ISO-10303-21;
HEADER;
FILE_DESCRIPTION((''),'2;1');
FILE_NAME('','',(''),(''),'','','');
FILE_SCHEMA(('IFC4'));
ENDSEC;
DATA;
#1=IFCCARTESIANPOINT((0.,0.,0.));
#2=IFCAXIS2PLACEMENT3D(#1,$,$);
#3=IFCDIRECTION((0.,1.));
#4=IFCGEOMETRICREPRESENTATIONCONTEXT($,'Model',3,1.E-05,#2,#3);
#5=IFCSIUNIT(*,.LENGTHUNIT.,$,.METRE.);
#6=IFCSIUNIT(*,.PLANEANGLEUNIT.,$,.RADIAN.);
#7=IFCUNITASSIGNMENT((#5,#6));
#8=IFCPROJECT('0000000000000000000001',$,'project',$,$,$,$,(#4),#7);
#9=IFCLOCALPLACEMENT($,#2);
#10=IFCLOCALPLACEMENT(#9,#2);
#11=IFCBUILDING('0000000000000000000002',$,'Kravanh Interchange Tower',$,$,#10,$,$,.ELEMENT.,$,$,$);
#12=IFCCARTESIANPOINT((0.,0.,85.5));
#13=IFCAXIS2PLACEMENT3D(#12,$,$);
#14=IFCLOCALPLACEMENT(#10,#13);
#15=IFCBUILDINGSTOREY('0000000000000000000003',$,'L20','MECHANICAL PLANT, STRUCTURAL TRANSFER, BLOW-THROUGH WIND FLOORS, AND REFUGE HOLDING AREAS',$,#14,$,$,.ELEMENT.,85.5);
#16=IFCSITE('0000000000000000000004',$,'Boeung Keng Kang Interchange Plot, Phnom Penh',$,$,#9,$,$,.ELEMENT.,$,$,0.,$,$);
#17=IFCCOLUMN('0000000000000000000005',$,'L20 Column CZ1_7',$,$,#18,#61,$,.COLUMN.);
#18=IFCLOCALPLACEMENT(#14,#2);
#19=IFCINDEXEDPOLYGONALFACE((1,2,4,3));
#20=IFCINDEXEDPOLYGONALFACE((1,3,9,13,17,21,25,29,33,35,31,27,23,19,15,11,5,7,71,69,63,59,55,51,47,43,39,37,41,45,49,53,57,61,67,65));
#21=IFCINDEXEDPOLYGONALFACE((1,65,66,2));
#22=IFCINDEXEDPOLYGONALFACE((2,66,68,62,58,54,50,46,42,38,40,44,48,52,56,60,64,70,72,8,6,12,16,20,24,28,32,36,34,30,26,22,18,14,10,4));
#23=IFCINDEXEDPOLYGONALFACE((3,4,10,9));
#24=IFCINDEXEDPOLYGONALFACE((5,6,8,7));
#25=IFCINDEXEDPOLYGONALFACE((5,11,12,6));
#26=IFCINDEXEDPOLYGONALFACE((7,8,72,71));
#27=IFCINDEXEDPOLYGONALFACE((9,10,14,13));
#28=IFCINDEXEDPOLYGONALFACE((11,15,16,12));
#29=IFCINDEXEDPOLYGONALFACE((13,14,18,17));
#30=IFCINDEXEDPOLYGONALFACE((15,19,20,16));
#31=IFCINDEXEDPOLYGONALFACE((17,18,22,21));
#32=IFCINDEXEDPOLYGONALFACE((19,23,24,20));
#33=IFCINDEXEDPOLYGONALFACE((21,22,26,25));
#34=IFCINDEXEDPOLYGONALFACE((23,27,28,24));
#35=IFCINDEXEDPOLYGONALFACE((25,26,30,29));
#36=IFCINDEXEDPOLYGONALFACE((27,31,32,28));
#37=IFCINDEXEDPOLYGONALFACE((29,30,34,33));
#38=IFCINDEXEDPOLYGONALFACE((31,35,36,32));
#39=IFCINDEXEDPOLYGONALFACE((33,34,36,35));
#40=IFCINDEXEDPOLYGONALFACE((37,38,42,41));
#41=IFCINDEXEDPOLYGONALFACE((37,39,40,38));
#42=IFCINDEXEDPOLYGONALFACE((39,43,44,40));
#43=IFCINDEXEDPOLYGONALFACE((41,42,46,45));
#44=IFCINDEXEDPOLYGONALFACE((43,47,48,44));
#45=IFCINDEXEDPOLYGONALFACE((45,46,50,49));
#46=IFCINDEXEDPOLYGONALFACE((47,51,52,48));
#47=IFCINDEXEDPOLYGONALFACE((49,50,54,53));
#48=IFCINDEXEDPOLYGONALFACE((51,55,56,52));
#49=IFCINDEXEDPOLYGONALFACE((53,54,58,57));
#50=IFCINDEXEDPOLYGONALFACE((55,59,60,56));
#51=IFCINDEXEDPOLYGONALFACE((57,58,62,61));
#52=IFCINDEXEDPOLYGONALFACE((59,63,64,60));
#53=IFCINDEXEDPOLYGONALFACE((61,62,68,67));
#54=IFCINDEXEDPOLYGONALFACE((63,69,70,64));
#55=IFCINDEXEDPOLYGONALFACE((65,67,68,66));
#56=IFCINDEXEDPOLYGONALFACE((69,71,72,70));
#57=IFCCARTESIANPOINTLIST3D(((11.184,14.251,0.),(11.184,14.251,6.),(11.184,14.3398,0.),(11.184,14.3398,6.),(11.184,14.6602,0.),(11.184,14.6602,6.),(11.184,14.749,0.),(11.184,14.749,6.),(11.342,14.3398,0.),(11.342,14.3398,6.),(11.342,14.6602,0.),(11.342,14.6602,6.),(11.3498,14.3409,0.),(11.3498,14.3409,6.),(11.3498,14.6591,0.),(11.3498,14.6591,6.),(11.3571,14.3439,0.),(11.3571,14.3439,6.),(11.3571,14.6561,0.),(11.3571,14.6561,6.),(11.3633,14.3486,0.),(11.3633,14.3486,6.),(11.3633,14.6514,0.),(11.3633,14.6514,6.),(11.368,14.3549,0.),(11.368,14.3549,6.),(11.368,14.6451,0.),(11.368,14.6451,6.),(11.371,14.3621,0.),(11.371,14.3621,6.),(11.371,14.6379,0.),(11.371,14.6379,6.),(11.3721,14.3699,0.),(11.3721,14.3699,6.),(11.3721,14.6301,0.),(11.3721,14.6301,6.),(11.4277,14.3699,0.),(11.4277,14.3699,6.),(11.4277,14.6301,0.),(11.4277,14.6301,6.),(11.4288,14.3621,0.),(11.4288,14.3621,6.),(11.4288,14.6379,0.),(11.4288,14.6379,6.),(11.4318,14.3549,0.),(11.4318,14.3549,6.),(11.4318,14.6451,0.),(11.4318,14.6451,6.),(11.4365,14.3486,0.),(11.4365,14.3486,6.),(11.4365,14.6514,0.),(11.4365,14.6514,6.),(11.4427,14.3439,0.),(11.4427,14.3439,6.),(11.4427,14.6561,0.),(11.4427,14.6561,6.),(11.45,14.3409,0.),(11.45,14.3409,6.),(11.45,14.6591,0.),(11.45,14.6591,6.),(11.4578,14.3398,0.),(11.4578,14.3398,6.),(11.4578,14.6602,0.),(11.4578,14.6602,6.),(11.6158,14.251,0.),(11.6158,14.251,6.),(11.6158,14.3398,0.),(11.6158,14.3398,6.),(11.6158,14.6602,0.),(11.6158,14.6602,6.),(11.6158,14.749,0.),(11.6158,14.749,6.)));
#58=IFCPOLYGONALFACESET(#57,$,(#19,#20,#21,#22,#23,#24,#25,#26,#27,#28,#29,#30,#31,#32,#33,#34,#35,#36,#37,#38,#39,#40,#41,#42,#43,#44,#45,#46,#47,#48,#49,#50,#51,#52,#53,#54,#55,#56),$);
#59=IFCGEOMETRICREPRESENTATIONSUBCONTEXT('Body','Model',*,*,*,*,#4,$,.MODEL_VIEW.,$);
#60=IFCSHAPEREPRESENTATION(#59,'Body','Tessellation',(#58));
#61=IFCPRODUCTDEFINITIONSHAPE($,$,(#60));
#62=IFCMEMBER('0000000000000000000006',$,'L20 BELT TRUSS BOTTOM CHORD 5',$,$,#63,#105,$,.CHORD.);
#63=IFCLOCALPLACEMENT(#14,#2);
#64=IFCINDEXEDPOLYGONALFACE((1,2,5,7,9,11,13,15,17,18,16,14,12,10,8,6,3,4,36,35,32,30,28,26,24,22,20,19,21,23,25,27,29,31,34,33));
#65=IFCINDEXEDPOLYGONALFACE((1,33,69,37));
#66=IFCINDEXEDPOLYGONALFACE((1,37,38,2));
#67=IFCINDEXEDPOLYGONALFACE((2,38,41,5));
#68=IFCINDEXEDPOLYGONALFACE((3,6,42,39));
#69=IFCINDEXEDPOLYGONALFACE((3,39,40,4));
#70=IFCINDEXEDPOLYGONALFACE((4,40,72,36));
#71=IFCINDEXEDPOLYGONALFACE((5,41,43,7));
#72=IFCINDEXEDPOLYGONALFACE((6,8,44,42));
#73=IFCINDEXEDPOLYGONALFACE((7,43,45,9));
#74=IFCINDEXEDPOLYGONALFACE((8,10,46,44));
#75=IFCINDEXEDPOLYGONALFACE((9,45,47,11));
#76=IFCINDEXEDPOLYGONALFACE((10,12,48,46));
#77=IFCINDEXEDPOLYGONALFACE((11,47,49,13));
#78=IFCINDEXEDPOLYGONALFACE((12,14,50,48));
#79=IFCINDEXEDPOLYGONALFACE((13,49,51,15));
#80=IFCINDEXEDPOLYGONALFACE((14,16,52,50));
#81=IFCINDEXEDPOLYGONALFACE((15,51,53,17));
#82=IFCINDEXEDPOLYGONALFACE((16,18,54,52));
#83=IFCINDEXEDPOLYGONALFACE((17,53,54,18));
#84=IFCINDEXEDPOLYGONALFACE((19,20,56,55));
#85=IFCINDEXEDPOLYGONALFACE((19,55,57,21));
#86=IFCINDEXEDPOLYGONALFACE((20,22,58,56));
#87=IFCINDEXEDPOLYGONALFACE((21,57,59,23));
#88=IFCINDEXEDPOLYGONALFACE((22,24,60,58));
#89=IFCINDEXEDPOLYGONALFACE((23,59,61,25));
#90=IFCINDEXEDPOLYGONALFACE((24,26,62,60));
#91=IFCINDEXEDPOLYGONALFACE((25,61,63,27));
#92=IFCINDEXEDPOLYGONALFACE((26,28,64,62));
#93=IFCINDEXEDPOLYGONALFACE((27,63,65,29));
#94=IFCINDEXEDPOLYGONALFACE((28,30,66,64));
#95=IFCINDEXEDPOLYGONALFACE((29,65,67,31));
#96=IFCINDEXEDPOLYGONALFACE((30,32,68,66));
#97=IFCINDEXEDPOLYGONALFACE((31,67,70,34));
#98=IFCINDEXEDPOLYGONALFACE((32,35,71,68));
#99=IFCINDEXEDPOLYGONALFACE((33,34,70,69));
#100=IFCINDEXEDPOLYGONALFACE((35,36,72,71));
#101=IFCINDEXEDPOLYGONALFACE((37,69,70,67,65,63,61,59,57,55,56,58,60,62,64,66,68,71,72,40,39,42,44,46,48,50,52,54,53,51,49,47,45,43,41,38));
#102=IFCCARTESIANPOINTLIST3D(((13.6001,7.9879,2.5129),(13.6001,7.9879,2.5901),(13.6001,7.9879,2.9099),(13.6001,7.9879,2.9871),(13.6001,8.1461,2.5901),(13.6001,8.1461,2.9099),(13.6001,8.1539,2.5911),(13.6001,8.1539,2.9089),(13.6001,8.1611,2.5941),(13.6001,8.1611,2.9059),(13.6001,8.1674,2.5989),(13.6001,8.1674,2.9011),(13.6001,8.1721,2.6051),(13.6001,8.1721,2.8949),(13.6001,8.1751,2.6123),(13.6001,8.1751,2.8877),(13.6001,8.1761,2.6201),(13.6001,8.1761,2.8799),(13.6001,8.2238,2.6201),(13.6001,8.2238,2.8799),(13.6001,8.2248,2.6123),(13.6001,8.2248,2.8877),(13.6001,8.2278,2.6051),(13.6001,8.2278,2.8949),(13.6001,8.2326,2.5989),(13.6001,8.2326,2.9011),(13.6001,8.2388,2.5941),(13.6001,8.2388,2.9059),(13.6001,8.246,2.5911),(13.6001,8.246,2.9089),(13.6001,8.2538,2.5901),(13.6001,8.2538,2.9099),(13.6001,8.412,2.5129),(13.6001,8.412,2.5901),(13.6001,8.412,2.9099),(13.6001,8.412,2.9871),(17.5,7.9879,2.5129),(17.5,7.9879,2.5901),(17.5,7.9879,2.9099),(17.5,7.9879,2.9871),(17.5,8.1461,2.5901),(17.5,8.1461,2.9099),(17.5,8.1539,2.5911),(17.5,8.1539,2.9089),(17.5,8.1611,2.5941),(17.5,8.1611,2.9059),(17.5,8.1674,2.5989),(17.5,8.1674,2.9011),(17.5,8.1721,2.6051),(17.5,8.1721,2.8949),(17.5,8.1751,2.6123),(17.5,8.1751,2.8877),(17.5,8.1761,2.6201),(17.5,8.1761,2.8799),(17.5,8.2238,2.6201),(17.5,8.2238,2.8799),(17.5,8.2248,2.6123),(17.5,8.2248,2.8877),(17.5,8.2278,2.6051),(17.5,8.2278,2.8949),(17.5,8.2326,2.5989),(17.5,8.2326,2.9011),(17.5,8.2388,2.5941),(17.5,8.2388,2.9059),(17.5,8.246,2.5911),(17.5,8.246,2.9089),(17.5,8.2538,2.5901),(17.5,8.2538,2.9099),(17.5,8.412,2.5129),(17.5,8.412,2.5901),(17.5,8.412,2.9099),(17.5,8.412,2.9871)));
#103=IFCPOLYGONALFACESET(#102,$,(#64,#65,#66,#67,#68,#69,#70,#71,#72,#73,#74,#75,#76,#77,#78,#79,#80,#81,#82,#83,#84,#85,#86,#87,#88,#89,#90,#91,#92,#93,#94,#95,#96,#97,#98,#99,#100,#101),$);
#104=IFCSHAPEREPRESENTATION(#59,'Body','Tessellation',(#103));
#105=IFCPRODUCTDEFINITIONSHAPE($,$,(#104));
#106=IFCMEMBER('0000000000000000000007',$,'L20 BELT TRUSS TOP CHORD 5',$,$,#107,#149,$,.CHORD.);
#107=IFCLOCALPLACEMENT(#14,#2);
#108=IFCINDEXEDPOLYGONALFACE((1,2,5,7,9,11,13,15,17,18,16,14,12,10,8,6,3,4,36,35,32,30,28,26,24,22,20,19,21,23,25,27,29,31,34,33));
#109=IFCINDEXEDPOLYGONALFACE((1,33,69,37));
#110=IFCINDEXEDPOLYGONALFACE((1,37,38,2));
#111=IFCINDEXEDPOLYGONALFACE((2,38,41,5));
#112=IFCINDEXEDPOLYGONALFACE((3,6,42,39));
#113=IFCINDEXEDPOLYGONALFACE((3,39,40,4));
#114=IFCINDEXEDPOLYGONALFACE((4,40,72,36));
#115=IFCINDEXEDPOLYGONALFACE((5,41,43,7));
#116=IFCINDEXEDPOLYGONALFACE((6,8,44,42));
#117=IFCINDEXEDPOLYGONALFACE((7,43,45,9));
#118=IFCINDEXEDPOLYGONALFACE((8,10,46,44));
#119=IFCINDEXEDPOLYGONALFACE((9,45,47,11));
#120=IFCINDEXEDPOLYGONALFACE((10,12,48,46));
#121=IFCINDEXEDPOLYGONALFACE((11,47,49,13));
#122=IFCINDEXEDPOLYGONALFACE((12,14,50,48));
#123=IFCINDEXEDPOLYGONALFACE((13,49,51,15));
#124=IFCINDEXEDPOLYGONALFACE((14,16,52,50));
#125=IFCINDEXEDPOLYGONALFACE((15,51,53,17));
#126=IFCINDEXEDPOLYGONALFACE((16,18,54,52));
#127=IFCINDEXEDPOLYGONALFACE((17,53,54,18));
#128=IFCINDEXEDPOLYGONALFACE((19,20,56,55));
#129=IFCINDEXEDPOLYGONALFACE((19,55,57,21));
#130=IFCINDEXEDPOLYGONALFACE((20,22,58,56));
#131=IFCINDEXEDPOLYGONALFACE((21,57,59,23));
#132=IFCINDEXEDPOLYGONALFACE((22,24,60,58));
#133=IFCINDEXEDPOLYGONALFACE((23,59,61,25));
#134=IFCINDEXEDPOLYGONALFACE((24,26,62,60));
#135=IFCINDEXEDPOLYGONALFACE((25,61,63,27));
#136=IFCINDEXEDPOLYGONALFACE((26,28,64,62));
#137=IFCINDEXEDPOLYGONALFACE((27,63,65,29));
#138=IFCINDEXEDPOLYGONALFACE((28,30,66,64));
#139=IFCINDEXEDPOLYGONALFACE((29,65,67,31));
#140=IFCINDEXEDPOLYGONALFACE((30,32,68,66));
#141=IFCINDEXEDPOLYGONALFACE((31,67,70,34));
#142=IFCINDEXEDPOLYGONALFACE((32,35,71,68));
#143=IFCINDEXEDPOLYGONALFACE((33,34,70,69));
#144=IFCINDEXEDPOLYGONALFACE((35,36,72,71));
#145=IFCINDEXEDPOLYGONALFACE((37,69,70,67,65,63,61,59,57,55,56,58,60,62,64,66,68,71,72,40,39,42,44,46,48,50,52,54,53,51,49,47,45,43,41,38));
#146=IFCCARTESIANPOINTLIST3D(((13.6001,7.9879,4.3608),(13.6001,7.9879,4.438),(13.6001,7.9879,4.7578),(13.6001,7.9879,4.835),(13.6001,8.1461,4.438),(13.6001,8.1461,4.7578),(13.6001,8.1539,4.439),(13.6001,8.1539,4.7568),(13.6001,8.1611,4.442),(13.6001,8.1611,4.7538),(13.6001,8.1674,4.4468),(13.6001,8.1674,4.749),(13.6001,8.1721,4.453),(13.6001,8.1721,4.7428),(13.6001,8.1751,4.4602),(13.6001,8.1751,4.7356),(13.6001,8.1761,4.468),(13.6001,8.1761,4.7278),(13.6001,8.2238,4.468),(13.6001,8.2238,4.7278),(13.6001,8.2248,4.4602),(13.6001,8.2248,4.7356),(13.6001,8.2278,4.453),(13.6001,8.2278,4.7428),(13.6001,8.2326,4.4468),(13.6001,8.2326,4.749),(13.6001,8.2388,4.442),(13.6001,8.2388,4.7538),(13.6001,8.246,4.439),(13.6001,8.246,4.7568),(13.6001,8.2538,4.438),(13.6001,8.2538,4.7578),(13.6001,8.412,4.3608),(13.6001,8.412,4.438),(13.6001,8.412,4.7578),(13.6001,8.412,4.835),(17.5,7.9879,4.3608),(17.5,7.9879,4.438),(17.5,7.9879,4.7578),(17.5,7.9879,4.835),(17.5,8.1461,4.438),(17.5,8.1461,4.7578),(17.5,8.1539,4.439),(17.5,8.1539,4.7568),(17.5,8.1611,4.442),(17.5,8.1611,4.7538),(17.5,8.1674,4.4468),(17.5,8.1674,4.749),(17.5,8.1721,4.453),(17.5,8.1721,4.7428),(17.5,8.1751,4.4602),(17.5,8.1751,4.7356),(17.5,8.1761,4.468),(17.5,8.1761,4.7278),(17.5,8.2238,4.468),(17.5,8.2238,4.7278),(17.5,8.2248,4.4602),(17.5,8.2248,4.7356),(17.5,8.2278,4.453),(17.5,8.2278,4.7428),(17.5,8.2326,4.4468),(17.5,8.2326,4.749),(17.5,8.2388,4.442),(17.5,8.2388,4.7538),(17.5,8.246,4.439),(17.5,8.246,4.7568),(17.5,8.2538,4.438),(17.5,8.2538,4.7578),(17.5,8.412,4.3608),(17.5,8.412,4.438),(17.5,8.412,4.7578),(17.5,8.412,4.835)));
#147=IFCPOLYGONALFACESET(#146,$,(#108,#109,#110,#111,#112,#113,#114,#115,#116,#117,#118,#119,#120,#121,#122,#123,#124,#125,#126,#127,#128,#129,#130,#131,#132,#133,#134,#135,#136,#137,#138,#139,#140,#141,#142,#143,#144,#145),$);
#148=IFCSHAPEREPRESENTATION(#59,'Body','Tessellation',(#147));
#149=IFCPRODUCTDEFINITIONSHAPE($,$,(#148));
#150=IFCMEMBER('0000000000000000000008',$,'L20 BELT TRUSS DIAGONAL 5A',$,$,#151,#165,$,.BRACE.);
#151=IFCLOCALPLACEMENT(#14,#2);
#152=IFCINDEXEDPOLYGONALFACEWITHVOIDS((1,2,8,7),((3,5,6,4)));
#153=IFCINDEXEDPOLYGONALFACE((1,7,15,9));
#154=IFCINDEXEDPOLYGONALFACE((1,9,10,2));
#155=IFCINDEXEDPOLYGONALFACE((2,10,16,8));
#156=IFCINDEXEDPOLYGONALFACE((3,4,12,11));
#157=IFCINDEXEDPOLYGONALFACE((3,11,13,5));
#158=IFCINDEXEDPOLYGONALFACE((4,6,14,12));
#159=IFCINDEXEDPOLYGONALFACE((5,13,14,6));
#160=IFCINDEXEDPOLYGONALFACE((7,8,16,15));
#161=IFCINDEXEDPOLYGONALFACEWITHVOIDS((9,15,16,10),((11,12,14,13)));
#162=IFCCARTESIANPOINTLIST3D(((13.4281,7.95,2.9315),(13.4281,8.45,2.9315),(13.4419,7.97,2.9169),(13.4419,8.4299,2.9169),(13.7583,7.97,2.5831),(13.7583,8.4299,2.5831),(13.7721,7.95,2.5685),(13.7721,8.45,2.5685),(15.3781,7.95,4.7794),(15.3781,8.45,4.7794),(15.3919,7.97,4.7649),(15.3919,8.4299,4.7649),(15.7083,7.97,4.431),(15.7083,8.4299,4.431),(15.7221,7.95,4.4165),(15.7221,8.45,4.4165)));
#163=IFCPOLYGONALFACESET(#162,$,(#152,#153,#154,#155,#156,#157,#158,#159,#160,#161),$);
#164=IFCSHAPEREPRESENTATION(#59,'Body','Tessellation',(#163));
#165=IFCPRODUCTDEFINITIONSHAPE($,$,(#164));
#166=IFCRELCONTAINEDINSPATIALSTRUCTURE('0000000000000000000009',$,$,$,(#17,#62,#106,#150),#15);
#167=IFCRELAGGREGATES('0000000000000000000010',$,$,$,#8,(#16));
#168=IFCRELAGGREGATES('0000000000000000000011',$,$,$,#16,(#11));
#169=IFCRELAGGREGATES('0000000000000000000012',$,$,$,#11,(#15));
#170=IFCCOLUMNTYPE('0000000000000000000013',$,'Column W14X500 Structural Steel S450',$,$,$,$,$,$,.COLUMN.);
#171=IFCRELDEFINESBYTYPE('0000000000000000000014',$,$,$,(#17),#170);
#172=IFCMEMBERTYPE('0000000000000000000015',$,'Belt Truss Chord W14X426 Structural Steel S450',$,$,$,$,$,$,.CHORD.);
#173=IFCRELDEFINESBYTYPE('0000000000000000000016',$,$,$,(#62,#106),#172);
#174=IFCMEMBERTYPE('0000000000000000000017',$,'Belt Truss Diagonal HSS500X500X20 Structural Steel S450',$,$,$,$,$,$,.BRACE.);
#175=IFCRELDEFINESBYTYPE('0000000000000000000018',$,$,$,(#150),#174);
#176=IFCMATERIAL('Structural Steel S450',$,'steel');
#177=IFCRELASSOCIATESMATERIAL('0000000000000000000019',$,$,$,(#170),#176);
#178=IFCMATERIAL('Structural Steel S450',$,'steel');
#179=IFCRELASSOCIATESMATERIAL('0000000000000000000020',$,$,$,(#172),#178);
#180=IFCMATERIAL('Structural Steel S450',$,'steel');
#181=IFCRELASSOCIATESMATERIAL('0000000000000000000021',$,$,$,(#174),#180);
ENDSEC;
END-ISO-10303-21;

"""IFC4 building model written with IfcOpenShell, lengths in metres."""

from ifc_helpers import new_model, si_unit, direction, frame, origin, origin_2d, place, context, subcontext, project, spatial, hollow_rectangle, i_section, extrude, material, material_profile, profile_set, type_object, element, save


model = new_model("IFC4")

# Units and contexts
model_context = context("Model", 3, precision=1e-05, world=origin(), true_north=direction((0.0, 1.0)))
body_context = subcontext(model_context, "Body", "Model", "MODEL_VIEW")
ifc_project = project(units=[si_unit("LENGTHUNIT", "METRE"), si_unit("PLANEANGLEUNIT", "RADIAN")], contexts=[model_context])

# Site, building, storey
site_placement = place(None, origin())
site = spatial("IfcSite", under=ifc_project, at=site_placement, Name="Boeung Keng Kang Interchange Plot, Phnom Penh", CompositionType="ELEMENT", RefElevation=0.0)
building_placement = place(site_placement, origin())
building = spatial("IfcBuilding", under=site, at=building_placement, Name="Kravanh Interchange Tower", CompositionType="ELEMENT")
storey_placement = place(building_placement, frame((0.0, 0.0, 85.5)))
storey = spatial("IfcBuildingStorey", under=building, at=storey_placement, Name="L20", Description="MECHANICAL PLANT, STRUCTURAL TRANSFER, BLOW-THROUGH WIND FLOORS, AND REFUGE HOLDING AREAS", CompositionType="ELEMENT", Elevation=85.5)

# Column
ifc_material_1 = material(Name="Structural Steel S450", Category="steel")
ifc_material_profile_1 = material_profile(ifc_material_1, i_section(OverallWidth=0.4319, OverallDepth=0.498, WebThickness=0.0557, FlangeThickness=0.0889, FilletRadius=0.03, at=origin_2d()), Name="W14X500")
ifc_profile_set_1 = profile_set([ifc_material_profile_1], Name="Structural Steel S450")
column_type = type_object("IfcColumnType", Name="Column W14X500 Structural Steel S450", PredefinedType="COLUMN", material=ifc_profile_set_1)
for number, where, z_axis, x_axis, name in (
    (1, (11.3999, 14.5, 0.0), (0.0, 0.0, 1.0), (1.0, 0.0, 0.0), "L20 Column CZ1_7"),
):
    element("IfcColumn", number, at=place(storey_placement, frame(where, z_axis=z_axis, x_axis=x_axis)), inside=storey, type_object=column_type, Name=name, PredefinedType="COLUMN", context=body_context, shape_type="SweptSolid", body=[
        extrude(i_section(OverallWidth=0.4319, OverallDepth=0.498, WebThickness=0.0557, FlangeThickness=0.0889, FilletRadius=0.03, at=origin_2d()), origin(), (0.0, 0.0, 1.0), 6.0),
    ])

# Members
ifc_material_2 = material(Name="Structural Steel S450", Category="steel")
ifc_material_profile_2 = material_profile(ifc_material_2, i_section(OverallWidth=0.4241, OverallDepth=0.4741, WebThickness=0.0476, FlangeThickness=0.0771, FilletRadius=0.03, at=origin_2d()), Name="W14X426")
ifc_profile_set_2 = profile_set([ifc_material_profile_2], Name="Structural Steel S450")
member_type_1 = type_object("IfcMemberType", Name="Belt Truss Chord W14X426 Structural Steel S450", PredefinedType="CHORD", material=ifc_profile_set_2)
for number, where, z_axis, x_axis, name in (
    (2, (13.6001, 8.2, 2.75), (1.0, 0.0, 0.0), (0.0, 1.0, 0.0), "L20 BELT TRUSS BOTTOM CHORD 5"),
    (3, (13.6001, 8.2, 4.5979), (1.0, 0.0, 0.0), (0.0, 1.0, 0.0), "L20 BELT TRUSS TOP CHORD 5"),
):
    element("IfcMember", number, at=place(storey_placement, frame(where, z_axis=z_axis, x_axis=x_axis)), inside=storey, type_object=member_type_1, Name=name, PredefinedType="CHORD", context=body_context, shape_type="SweptSolid", body=[
        extrude(i_section(OverallWidth=0.4241, OverallDepth=0.4741, WebThickness=0.0476, FlangeThickness=0.0771, FilletRadius=0.03, at=origin_2d()), origin(), (0.0, 0.0, 1.0), 3.8999),
    ])
ifc_material_3 = material(Name="Structural Steel S450", Category="steel")
ifc_material_profile_3 = material_profile(ifc_material_3, hollow_rectangle(XDim=0.5, YDim=0.5, WallThickness=0.02, at=origin_2d()), Name="HSS500X500X20")
ifc_profile_set_3 = profile_set([ifc_material_profile_3], Name="Structural Steel S450")
member_type_2 = type_object("IfcMemberType", Name="Belt Truss Diagonal HSS500X500X20 Structural Steel S450", PredefinedType="BRACE", material=ifc_profile_set_3)
member_placement = place(storey_placement, frame((13.6001, 8.2, 2.75), z_axis=(0.725845, 0.0, 0.687858), x_axis=(0.0, 1.0, 0.0)))
element("IfcMember", 4, at=member_placement, inside=storey, type_object=member_type_2, Name="L20 BELT TRUSS DIAGONAL 5A", PredefinedType="BRACE", context=body_context, shape_type="SweptSolid", body=[
    extrude(hollow_rectangle(XDim=0.5, YDim=0.5, WallThickness=0.02, at=origin_2d()), origin(), (0.0, 0.0, 1.0), 2.6865),
])

save(model, "model.ifc")
